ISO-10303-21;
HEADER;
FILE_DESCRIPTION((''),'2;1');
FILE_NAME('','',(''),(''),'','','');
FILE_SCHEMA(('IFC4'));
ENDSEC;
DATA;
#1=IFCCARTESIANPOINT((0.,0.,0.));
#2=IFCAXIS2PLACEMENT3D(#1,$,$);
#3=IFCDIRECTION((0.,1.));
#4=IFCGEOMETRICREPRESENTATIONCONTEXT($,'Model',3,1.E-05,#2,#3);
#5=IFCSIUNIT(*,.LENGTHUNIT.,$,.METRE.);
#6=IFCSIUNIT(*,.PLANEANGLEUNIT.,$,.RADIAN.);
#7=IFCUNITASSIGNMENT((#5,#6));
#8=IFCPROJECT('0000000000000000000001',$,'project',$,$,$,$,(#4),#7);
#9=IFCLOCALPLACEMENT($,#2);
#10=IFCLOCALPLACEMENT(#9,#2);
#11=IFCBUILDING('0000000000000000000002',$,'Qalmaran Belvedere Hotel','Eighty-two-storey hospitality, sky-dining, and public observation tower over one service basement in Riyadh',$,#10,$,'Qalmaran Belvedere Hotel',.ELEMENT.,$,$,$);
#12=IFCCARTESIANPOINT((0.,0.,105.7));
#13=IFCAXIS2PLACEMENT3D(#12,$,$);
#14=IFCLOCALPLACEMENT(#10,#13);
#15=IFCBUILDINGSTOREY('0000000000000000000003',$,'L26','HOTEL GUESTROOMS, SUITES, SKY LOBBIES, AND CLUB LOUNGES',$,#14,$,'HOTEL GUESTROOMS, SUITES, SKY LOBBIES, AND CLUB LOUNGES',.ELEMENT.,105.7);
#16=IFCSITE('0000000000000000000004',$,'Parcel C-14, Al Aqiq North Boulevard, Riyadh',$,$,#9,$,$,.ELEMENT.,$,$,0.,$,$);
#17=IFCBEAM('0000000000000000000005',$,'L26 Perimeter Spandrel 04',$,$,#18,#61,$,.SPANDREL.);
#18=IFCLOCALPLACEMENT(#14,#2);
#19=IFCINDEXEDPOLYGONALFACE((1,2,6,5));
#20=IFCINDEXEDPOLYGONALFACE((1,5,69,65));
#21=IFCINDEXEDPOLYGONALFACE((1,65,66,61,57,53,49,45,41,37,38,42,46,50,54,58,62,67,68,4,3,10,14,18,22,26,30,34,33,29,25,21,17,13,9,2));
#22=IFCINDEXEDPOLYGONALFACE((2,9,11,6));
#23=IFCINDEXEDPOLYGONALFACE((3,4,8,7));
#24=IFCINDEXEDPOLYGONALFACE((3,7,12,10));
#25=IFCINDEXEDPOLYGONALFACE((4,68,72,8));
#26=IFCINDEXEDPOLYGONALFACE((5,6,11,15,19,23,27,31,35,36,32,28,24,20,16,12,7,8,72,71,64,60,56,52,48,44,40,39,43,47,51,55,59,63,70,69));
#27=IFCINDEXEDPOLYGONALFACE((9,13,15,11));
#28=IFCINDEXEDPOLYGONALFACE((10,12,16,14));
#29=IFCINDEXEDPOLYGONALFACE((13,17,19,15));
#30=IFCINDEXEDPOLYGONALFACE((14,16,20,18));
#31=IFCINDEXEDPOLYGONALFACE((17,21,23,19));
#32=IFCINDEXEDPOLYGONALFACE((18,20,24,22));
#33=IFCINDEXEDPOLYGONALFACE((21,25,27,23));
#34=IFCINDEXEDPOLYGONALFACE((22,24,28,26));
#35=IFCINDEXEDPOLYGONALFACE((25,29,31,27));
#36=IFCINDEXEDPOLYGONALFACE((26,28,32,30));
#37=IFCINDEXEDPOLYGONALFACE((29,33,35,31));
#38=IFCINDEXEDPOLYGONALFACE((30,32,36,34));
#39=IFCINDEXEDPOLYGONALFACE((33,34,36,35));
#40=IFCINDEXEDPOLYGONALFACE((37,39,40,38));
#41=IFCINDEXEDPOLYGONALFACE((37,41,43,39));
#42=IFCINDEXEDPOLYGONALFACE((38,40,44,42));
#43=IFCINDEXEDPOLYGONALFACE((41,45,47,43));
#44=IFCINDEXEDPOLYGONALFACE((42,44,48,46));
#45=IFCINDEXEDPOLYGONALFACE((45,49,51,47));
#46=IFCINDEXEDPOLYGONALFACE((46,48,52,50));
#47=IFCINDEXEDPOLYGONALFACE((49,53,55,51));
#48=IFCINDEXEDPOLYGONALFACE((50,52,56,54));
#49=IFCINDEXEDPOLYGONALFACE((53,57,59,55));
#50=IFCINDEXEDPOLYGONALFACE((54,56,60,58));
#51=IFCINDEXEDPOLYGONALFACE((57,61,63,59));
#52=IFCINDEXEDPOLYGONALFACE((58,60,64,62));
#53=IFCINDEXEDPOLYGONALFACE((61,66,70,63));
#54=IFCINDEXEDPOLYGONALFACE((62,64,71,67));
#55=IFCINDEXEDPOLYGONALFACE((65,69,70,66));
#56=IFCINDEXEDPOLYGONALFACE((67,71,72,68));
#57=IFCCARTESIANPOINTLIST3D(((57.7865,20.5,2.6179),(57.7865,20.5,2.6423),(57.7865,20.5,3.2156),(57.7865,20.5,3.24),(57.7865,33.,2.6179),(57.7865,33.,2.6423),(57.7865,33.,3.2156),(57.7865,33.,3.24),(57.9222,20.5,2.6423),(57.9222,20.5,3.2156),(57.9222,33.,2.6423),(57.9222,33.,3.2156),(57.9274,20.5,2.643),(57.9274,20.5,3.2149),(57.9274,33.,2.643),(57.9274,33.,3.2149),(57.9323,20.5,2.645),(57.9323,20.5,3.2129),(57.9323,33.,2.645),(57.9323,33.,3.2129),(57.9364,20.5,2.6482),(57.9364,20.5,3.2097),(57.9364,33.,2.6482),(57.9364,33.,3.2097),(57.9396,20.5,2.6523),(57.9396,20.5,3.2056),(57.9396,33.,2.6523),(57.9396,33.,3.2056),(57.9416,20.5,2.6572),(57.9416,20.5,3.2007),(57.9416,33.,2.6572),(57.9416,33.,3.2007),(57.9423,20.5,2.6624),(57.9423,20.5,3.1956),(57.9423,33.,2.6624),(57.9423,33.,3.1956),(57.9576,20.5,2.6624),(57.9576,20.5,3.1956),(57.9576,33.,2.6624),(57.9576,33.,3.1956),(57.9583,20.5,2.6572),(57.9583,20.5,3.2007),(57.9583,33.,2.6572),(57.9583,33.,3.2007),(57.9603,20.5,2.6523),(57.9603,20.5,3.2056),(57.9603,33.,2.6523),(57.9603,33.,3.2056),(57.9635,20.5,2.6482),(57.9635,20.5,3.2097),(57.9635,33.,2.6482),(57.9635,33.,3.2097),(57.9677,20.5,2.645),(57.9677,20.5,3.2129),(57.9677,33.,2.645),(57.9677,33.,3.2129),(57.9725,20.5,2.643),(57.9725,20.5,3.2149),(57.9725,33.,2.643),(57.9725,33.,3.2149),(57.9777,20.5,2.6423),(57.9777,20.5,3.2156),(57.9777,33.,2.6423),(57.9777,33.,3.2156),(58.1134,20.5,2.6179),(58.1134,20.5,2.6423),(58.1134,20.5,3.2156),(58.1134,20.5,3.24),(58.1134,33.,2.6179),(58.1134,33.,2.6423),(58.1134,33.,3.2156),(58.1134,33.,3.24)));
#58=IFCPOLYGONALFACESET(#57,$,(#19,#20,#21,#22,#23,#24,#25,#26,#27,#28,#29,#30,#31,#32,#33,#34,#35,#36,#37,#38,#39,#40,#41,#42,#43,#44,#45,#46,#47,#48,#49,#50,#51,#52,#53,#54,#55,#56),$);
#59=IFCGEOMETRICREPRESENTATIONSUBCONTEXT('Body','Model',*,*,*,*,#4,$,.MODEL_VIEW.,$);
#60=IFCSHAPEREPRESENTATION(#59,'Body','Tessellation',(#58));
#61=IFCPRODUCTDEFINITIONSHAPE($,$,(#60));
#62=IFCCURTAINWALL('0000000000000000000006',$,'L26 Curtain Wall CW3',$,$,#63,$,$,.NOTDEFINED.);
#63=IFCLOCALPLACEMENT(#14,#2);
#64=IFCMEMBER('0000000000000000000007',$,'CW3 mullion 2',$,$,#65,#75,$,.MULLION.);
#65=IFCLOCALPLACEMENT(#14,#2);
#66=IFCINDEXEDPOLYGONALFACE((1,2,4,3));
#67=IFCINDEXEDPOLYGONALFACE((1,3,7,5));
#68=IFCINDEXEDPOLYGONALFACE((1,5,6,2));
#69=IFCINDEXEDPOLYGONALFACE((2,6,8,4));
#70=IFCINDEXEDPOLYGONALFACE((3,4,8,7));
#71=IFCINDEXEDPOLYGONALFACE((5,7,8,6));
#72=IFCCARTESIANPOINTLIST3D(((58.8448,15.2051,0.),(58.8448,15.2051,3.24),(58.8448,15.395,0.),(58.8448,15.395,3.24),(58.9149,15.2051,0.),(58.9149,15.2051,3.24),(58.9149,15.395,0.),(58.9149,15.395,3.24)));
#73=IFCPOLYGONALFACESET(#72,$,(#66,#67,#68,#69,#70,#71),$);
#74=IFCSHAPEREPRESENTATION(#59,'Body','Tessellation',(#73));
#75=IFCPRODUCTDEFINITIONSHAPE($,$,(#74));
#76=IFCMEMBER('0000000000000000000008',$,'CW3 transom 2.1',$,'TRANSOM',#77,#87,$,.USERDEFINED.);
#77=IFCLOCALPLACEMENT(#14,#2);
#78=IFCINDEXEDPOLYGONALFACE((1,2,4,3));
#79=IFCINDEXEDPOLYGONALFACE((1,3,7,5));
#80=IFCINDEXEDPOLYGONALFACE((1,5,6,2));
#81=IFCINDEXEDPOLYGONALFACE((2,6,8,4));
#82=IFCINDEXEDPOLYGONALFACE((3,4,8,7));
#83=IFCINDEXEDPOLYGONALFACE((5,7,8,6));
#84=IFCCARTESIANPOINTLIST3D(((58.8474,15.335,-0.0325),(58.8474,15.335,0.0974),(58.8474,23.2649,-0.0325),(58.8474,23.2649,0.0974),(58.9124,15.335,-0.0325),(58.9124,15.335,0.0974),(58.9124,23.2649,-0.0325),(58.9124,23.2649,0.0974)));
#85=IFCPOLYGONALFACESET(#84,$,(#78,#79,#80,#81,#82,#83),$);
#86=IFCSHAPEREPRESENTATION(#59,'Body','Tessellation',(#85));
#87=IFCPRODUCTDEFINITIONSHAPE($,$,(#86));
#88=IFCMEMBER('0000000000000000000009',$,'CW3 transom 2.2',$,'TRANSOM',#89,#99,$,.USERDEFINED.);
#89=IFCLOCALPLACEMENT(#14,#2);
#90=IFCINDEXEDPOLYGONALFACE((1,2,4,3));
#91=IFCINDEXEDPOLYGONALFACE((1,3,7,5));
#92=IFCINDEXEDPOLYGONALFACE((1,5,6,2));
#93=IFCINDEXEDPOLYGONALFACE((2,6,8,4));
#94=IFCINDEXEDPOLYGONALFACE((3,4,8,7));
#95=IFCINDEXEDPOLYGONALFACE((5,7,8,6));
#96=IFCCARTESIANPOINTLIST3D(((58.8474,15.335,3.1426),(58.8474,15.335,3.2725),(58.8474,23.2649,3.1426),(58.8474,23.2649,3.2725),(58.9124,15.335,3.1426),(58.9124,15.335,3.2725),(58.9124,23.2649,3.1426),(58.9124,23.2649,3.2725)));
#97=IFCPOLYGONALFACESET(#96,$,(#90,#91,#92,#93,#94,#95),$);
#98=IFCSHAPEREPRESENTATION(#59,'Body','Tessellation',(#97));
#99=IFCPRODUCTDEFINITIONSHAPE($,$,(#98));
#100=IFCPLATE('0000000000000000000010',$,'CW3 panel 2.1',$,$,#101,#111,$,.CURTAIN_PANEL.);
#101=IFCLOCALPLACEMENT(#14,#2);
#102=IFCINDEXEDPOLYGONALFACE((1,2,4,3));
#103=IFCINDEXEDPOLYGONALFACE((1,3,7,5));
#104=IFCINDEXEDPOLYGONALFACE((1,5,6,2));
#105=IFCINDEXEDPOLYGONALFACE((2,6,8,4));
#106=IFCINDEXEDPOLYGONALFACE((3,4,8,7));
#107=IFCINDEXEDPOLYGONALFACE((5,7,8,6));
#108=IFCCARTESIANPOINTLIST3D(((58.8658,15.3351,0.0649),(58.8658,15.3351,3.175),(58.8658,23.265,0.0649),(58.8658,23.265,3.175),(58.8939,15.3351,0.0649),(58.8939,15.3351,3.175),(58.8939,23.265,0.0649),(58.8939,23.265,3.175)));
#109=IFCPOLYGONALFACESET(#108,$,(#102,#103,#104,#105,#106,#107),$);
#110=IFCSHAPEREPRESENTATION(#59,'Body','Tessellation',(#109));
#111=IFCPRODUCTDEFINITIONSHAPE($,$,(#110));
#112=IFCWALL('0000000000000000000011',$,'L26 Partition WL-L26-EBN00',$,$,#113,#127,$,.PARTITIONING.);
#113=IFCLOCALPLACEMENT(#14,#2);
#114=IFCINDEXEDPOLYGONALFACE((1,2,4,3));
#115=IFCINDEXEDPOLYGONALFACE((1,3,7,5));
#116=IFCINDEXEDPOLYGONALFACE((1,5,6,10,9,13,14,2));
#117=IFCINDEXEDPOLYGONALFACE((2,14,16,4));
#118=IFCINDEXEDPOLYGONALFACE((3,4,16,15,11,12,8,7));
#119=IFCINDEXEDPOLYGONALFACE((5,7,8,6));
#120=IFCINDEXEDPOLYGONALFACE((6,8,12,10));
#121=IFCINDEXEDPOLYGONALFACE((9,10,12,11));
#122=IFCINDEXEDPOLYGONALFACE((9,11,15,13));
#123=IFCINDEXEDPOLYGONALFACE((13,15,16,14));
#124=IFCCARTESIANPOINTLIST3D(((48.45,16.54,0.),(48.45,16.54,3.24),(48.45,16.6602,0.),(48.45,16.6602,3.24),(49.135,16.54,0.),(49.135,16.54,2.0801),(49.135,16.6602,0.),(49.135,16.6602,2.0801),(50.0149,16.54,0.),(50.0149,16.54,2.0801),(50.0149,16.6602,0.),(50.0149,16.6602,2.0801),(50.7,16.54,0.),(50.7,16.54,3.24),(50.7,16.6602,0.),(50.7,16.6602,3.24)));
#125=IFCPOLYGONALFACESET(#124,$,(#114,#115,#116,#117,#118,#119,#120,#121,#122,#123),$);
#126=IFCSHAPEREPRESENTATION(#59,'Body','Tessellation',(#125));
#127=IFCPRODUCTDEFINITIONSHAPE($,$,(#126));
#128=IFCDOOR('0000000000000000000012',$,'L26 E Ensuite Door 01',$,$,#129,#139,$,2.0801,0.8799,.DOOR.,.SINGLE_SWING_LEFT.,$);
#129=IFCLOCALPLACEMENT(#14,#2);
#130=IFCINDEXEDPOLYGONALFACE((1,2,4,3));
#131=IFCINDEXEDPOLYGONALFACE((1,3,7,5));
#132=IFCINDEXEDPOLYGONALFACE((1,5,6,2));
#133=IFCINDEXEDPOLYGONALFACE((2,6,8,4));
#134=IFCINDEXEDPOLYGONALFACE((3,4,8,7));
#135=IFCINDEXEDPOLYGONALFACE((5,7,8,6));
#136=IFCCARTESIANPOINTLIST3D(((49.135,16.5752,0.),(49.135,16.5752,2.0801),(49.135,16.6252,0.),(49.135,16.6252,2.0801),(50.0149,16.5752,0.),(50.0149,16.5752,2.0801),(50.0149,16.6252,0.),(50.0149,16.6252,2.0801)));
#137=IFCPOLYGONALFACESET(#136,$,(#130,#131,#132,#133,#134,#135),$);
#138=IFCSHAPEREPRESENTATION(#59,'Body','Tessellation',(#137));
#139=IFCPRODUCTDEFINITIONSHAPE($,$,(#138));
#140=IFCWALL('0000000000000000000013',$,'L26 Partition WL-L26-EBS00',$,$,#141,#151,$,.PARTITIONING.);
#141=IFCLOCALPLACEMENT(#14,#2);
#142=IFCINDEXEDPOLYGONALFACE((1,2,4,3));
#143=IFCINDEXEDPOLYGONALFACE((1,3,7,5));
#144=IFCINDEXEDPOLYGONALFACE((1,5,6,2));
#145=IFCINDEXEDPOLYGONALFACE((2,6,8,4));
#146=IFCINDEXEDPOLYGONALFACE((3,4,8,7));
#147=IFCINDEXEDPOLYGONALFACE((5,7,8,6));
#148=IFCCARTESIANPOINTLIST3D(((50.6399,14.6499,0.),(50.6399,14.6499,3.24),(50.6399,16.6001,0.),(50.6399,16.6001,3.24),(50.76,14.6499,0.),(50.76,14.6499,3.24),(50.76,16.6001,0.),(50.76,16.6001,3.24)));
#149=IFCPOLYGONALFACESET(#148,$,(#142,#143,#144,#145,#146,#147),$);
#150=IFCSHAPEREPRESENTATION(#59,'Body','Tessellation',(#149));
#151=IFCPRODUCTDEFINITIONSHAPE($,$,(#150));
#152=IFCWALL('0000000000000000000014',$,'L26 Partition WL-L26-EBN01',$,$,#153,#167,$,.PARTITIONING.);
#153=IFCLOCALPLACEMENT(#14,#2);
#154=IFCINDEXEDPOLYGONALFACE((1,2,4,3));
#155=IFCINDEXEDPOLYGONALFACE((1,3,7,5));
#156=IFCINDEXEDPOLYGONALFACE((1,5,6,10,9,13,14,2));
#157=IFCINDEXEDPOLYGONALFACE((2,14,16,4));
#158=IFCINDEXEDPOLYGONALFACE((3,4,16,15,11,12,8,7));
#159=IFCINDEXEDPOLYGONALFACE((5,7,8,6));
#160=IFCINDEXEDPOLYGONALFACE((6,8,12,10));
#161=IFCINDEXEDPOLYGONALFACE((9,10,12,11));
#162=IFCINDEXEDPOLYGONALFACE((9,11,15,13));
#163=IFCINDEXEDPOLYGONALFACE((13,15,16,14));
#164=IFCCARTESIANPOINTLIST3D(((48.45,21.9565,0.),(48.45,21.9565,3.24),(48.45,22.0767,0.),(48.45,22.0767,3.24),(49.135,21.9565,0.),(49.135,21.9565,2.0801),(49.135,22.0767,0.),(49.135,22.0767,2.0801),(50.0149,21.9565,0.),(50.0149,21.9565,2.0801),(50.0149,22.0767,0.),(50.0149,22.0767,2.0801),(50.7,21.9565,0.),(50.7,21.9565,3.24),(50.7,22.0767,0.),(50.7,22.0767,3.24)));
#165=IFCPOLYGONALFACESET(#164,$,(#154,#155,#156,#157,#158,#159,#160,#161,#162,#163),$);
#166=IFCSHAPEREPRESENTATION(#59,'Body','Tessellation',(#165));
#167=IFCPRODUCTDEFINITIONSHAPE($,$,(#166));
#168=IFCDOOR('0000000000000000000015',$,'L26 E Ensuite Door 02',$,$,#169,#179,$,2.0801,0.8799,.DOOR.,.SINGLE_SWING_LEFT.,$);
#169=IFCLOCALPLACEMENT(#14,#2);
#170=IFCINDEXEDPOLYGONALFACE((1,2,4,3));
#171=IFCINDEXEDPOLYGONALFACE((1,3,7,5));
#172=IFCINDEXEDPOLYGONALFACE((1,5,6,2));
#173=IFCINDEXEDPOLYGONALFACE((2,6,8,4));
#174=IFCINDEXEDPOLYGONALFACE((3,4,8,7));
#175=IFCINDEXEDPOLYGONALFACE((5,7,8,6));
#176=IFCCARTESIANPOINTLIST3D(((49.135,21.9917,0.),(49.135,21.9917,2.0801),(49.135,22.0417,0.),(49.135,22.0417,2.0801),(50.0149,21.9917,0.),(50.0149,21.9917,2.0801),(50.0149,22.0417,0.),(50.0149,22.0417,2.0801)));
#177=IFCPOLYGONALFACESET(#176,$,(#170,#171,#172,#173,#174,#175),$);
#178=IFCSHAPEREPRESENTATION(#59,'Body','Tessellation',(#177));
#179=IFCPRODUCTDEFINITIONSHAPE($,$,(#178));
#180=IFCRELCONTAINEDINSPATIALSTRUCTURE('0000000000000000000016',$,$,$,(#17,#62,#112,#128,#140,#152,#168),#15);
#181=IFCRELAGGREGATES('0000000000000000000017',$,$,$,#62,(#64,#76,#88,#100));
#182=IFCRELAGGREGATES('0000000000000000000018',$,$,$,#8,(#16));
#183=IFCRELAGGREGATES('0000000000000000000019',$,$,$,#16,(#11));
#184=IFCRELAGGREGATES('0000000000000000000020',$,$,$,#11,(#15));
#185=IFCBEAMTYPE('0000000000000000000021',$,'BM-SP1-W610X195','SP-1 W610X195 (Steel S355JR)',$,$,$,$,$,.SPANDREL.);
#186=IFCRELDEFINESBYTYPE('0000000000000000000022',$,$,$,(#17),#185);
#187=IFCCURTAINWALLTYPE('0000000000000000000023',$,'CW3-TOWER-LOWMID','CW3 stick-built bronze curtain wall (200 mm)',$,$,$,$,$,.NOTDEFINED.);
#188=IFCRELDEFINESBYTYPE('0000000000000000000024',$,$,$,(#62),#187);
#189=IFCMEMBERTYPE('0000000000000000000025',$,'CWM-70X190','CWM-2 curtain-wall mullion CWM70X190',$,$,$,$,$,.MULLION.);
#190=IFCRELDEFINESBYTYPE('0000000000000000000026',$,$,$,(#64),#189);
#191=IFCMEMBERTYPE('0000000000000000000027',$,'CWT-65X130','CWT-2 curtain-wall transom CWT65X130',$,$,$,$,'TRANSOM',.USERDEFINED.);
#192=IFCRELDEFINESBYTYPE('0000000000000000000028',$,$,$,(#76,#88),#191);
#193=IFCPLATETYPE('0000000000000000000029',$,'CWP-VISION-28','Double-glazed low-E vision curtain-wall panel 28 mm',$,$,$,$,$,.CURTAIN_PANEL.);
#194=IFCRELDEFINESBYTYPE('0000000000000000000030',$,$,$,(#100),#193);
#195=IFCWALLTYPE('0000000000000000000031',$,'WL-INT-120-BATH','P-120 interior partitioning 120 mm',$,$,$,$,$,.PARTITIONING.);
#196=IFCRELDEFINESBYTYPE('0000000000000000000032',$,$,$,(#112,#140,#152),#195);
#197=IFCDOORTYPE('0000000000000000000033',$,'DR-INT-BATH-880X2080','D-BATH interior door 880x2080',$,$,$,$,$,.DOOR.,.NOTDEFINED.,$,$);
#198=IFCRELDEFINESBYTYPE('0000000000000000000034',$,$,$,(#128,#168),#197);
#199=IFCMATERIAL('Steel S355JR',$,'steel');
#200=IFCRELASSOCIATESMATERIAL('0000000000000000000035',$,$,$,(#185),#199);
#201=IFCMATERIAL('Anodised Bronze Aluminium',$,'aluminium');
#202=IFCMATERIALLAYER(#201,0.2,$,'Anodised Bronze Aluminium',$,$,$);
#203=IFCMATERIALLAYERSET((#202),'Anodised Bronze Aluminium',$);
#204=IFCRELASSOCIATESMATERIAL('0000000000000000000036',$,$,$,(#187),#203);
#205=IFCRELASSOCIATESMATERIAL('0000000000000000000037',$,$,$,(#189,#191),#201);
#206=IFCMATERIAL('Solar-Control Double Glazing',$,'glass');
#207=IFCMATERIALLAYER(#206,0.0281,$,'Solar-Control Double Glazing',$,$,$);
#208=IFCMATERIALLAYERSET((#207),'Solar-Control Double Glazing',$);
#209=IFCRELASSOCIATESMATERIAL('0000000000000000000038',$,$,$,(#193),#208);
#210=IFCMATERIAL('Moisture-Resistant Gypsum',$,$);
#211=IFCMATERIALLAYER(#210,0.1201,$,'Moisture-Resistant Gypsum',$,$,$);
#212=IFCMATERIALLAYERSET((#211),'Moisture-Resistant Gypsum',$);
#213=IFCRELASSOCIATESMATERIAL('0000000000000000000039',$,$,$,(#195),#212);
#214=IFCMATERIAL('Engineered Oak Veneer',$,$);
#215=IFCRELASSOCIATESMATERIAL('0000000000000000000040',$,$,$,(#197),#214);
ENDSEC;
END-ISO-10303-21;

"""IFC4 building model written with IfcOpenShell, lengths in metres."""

from ifc_helpers import new_model, si_unit, direction, frame, frame_2d, origin, origin_2d, place, context, subcontext, project, spatial, rectangle, i_section, extrude, material, layer, layer_set, material_profile, profile_set, type_object, element, fill, aggregate, save


model = new_model("IFC4")

# Units and contexts
model_context = context("Model", 3, precision=1e-05, world=origin(), true_north=direction((0.0, 1.0)))
body_context = subcontext(model_context, "Body", "Model", "MODEL_VIEW")
ifc_project = project(units=[si_unit("LENGTHUNIT", "METRE"), si_unit("PLANEANGLEUNIT", "RADIAN")], contexts=[model_context])

# Site, building, storey
site_placement = place(None, origin())
site = spatial("IfcSite", under=ifc_project, at=site_placement, Name="Parcel C-14, Al Aqiq North Boulevard, Riyadh", CompositionType="ELEMENT", RefElevation=0.0)
building_placement = place(site_placement, origin())
building = spatial("IfcBuilding", under=site, at=building_placement, Name="Qalmaran Belvedere Hotel", Description="Eighty-two-storey hospitality, sky-dining, and public observation tower over one service basement in Riyadh", LongName="Qalmaran Belvedere Hotel", CompositionType="ELEMENT")
storey_placement = place(building_placement, frame((0.0, 0.0, 105.7)))
storey = spatial("IfcBuildingStorey", under=building, at=storey_placement, Name="L26", Description="HOTEL GUESTROOMS, SUITES, SKY LOBBIES, AND CLUB LOUNGES", LongName="HOTEL GUESTROOMS, SUITES, SKY LOBBIES, AND CLUB LOUNGES", CompositionType="ELEMENT", Elevation=105.7)

# Beam
ifc_material_1 = material(Name="Steel S355JR", Category="steel")
ifc_material_profile_1 = material_profile(ifc_material_1, i_section(OverallWidth=0.3269, OverallDepth=0.6221, WebThickness=0.0154, FlangeThickness=0.0244, FilletRadius=0.02, at=origin_2d()), Name="W610X195")
ifc_profile_set_1 = profile_set([ifc_material_profile_1], Name="Steel S355JR")
beam_type_1 = type_object("IfcBeamType", Name="BM-SP1-W610X195", Description="SP-1 W610X195 (Steel S355JR)", PredefinedType="SPANDREL", material=ifc_profile_set_1)
beam_1_placement = place(storey_placement, frame((57.95, 20.5, 2.929), z_axis=(0.0, 1.0, 0.0), x_axis=(-1.0, 0.0, 0.0)))
element("IfcBeam", 1, at=beam_1_placement, inside=storey, type_object=beam_type_1, Name="L26 Perimeter Spandrel 04", PredefinedType="SPANDREL", context=body_context, shape_type="SweptSolid", body=[
    extrude(i_section(OverallWidth=0.3269, OverallDepth=0.6221, WebThickness=0.0154, FlangeThickness=0.0244, FilletRadius=0.02, at=origin_2d()), origin(), (0.0, 0.0, 1.0), 12.5),
])

# Curtain wall, members, plate
ifc_material_2 = material(Name="Anodised Bronze Aluminium", Category="aluminium")
ifc_layer_1 = layer(ifc_material_2, 0.2, Name="Anodised Bronze Aluminium")
ifc_layer_set_1 = layer_set([ifc_layer_1], Name="Anodised Bronze Aluminium")
curtain_wall_type = type_object("IfcCurtainWallType", Name="CW3-TOWER-LOWMID", Description="CW3 stick-built bronze curtain wall (200 mm)", PredefinedType="NOTDEFINED", material=ifc_layer_set_1)
curtain_wall_placement = place(storey_placement, origin())
curtain_wall = element("IfcCurtainWall", 2, at=curtain_wall_placement, inside=storey, type_object=curtain_wall_type, Name="L26 Curtain Wall CW3", PredefinedType="NOTDEFINED")
ifc_material_profile_2 = material_profile(ifc_material_2, rectangle(XDim=0.0701, YDim=0.1899, at=origin_2d()), Name="CWM70X190")
ifc_profile_set_2 = profile_set([ifc_material_profile_2], Name="Anodised Bronze Aluminium")
member_type_1 = type_object("IfcMemberType", Name="CWM-70X190", Description="CWM-2 curtain-wall mullion CWM70X190", PredefinedType="MULLION", material=ifc_profile_set_2)
member_1_placement = place(storey_placement, frame((58.8799, 15.3, 0.0), z_axis=(0.0, 0.0, 1.0), x_axis=(-1.0, 0.0, 0.0)))
member_1 = element("IfcMember", 3, at=member_1_placement, type_object=member_type_1, Name="CW3 mullion 2", PredefinedType="MULLION", context=body_context, shape_type="SweptSolid", body=[
    extrude(rectangle(XDim=0.0701, YDim=0.1899, at=origin_2d()), origin(), (0.0, 0.0, 1.0), 3.24),
])
ifc_material_profile_3 = material_profile(ifc_material_2, rectangle(XDim=0.0649, YDim=0.1299, at=origin_2d()), Name="CWT65X130")
ifc_profile_set_3 = profile_set([ifc_material_profile_3], Name="Anodised Bronze Aluminium")
member_type_2 = type_object("IfcMemberType", Name="CWT-65X130", Description="CWT-2 curtain-wall transom CWT65X130", ElementType="TRANSOM", PredefinedType="USERDEFINED", material=ifc_profile_set_3)
member_2_placement = place(storey_placement, frame((58.8799, 15.335, 0.0325), z_axis=(0.0, 1.0, 0.0), x_axis=(-1.0, 0.0, 0.0)))
member_2 = element("IfcMember", 4, at=member_2_placement, type_object=member_type_2, Name="CW3 transom 2.1", ObjectType="TRANSOM", PredefinedType="USERDEFINED", context=body_context, shape_type="SweptSolid", body=[
    extrude(rectangle(XDim=0.0649, YDim=0.1299, at=origin_2d()), origin(), (0.0, 0.0, 1.0), 7.9299),
])
member_3_placement = place(storey_placement, frame((58.8799, 15.335, 3.2075), z_axis=(0.0, 1.0, 0.0), x_axis=(-1.0, 0.0, 0.0)))
member_3 = element("IfcMember", 5, at=member_3_placement, type_object=member_type_2, Name="CW3 transom 2.2", ObjectType="TRANSOM", PredefinedType="USERDEFINED", context=body_context, shape_type="SweptSolid", body=[
    extrude(rectangle(XDim=0.0649, YDim=0.1299, at=origin_2d()), origin(), (0.0, 0.0, 1.0), 7.9299),
])
ifc_material_3 = material(Name="Solar-Control Double Glazing", Category="glass")
ifc_layer_2 = layer(ifc_material_3, 0.0281, Name="Solar-Control Double Glazing")
ifc_layer_set_2 = layer_set([ifc_layer_2], Name="Solar-Control Double Glazing")
plate_type = type_object("IfcPlateType", Name="CWP-VISION-28", Description="Double-glazed low-E vision curtain-wall panel 28 mm", PredefinedType="CURTAIN_PANEL", material=ifc_layer_set_2)
plate_placement = place(storey_placement, frame((58.8799, 19.3, 0.0649), z_axis=(0.0, 0.0, 1.0), x_axis=(0.0, 1.0, 0.0)))
plate = element("IfcPlate", 6, at=plate_placement, type_object=plate_type, Name="CW3 panel 2.1", PredefinedType="CURTAIN_PANEL", context=body_context, shape_type="SweptSolid", body=[
    extrude(rectangle(XDim=7.9299, YDim=0.0281, at=origin_2d()), origin(), (0.0, 0.0, 1.0), 3.1101),
])
aggregate(curtain_wall, [member_1, member_2, member_3, plate])

# Wall, opening, door
ifc_material_4 = material(Name="Moisture-Resistant Gypsum")
ifc_layer_3 = layer(ifc_material_4, 0.1201, Name="Moisture-Resistant Gypsum")
ifc_layer_set_3 = layer_set([ifc_layer_3], Name="Moisture-Resistant Gypsum")
wall_type_1 = type_object("IfcWallType", Name="WL-INT-120-BATH", Description="P-120 interior partitioning 120 mm", PredefinedType="PARTITIONING", material=ifc_layer_set_3)
wall_1_placement = place(storey_placement, frame((48.45, 16.6001, 0.0), z_axis=(0.0, 0.0, 1.0), x_axis=(1.0, 0.0, 0.0)))
wall_1 = element("IfcWall", 7, at=wall_1_placement, inside=storey, type_object=wall_type_1, Name="L26 Partition WL-L26-EBN00", PredefinedType="PARTITIONING", context=body_context, shape_type="SweptSolid", body=[
    extrude(rectangle(XDim=2.25, YDim=0.1201, at=frame_2d((1.125, 0.0))), origin(), (0.0, 0.0, 1.0), 3.24),
])
opening_1_placement = place(wall_1_placement, frame((1.5649, 0.0, 0.0), z_axis=(0.0, 0.0, 1.0), x_axis=(-1.0, 0.0, 0.0)))
opening_1 = element("IfcOpeningElement", 8, at=opening_1_placement, cuts=wall_1, PredefinedType="OPENING", context=body_context, shape_type="SweptSolid", body=[
    extrude(rectangle(XDim=0.8799, YDim=2.0801, at=frame_2d((0.4399, 1.04))), frame((0.0, 0.0701, 0.0), z_axis=(0.0, -1.0, 0.0), x_axis=(1.0, 0.0, 0.0)), (0.0, 0.0, 1.0), 0.1401),
])
ifc_material_5 = material(Name="Engineered Oak Veneer")
door_type_1 = type_object("IfcDoorType", Name="DR-INT-BATH-880X2080", Description="D-BATH interior door 880x2080", OperationType="NOTDEFINED", PredefinedType="DOOR", material=ifc_material_5)
door_1_placement = place(opening_1_placement, origin())
door_1 = element("IfcDoor", 9, at=door_1_placement, inside=storey, type_object=door_type_1, Name="L26 E Ensuite Door 01", OperationType="SINGLE_SWING_LEFT", OverallHeight=2.0801, OverallWidth=0.8799, PredefinedType="DOOR", context=body_context, shape_type="SweptSolid", body=[
    extrude(rectangle(XDim=0.8799, YDim=2.0801, at=frame_2d((0.4399, 1.04))), frame((0.0, 0.0249, 0.0), z_axis=(0.0, -1.0, 0.0), x_axis=(1.0, 0.0, 0.0)), (0.0, 0.0, 1.0), 0.05),
])
fill(opening_1, door_1)

# Wall
wall_2_placement = place(storey_placement, frame((50.7, 14.6499, 0.0), z_axis=(0.0, 0.0, 1.0), x_axis=(0.0, 1.0, 0.0)))
element("IfcWall", 10, at=wall_2_placement, inside=storey, type_object=wall_type_1, Name="L26 Partition WL-L26-EBS00", PredefinedType="PARTITIONING", context=body_context, shape_type="SweptSolid", body=[
    extrude(rectangle(XDim=1.9502, YDim=0.1201, at=frame_2d((0.9751, 0.0))), origin(), (0.0, 0.0, 1.0), 3.24),
])

# Wall, opening, door
wall_3_placement = place(storey_placement, frame((48.45, 22.0166, 0.0), z_axis=(0.0, 0.0, 1.0), x_axis=(1.0, 0.0, 0.0)))
wall_3 = element("IfcWall", 11, at=wall_3_placement, inside=storey, type_object=wall_type_1, Name="L26 Partition WL-L26-EBN01", PredefinedType="PARTITIONING", context=body_context, shape_type="SweptSolid", body=[
    extrude(rectangle(XDim=2.25, YDim=0.1201, at=frame_2d((1.125, 0.0))), origin(), (0.0, 0.0, 1.0), 3.24),
])
opening_2_placement = place(wall_3_placement, frame((1.5649, 0.0, 0.0), z_axis=(0.0, 0.0, 1.0), x_axis=(-1.0, 0.0, 0.0)))
opening_2 = element("IfcOpeningElement", 12, at=opening_2_placement, cuts=wall_3, PredefinedType="OPENING", context=body_context, shape_type="SweptSolid", body=[
    extrude(rectangle(XDim=0.8799, YDim=2.0801, at=frame_2d((0.4399, 1.04))), frame((0.0, 0.0701, 0.0), z_axis=(0.0, -1.0, 0.0), x_axis=(1.0, 0.0, 0.0)), (0.0, 0.0, 1.0), 0.1401),
])
door_2_placement = place(opening_2_placement, origin())
door_2 = element("IfcDoor", 13, at=door_2_placement, inside=storey, type_object=door_type_1, Name="L26 E Ensuite Door 02", OperationType="SINGLE_SWING_LEFT", OverallHeight=2.0801, OverallWidth=0.8799, PredefinedType="DOOR", context=body_context, shape_type="SweptSolid", body=[
    extrude(rectangle(XDim=0.8799, YDim=2.0801, at=frame_2d((0.4399, 1.04))), frame((0.0, 0.0249, 0.0), z_axis=(0.0, -1.0, 0.0), x_axis=(1.0, 0.0, 0.0)), (0.0, 0.0, 1.0), 0.05),
])
fill(opening_2, door_2)

save(model, "model.ifc")
